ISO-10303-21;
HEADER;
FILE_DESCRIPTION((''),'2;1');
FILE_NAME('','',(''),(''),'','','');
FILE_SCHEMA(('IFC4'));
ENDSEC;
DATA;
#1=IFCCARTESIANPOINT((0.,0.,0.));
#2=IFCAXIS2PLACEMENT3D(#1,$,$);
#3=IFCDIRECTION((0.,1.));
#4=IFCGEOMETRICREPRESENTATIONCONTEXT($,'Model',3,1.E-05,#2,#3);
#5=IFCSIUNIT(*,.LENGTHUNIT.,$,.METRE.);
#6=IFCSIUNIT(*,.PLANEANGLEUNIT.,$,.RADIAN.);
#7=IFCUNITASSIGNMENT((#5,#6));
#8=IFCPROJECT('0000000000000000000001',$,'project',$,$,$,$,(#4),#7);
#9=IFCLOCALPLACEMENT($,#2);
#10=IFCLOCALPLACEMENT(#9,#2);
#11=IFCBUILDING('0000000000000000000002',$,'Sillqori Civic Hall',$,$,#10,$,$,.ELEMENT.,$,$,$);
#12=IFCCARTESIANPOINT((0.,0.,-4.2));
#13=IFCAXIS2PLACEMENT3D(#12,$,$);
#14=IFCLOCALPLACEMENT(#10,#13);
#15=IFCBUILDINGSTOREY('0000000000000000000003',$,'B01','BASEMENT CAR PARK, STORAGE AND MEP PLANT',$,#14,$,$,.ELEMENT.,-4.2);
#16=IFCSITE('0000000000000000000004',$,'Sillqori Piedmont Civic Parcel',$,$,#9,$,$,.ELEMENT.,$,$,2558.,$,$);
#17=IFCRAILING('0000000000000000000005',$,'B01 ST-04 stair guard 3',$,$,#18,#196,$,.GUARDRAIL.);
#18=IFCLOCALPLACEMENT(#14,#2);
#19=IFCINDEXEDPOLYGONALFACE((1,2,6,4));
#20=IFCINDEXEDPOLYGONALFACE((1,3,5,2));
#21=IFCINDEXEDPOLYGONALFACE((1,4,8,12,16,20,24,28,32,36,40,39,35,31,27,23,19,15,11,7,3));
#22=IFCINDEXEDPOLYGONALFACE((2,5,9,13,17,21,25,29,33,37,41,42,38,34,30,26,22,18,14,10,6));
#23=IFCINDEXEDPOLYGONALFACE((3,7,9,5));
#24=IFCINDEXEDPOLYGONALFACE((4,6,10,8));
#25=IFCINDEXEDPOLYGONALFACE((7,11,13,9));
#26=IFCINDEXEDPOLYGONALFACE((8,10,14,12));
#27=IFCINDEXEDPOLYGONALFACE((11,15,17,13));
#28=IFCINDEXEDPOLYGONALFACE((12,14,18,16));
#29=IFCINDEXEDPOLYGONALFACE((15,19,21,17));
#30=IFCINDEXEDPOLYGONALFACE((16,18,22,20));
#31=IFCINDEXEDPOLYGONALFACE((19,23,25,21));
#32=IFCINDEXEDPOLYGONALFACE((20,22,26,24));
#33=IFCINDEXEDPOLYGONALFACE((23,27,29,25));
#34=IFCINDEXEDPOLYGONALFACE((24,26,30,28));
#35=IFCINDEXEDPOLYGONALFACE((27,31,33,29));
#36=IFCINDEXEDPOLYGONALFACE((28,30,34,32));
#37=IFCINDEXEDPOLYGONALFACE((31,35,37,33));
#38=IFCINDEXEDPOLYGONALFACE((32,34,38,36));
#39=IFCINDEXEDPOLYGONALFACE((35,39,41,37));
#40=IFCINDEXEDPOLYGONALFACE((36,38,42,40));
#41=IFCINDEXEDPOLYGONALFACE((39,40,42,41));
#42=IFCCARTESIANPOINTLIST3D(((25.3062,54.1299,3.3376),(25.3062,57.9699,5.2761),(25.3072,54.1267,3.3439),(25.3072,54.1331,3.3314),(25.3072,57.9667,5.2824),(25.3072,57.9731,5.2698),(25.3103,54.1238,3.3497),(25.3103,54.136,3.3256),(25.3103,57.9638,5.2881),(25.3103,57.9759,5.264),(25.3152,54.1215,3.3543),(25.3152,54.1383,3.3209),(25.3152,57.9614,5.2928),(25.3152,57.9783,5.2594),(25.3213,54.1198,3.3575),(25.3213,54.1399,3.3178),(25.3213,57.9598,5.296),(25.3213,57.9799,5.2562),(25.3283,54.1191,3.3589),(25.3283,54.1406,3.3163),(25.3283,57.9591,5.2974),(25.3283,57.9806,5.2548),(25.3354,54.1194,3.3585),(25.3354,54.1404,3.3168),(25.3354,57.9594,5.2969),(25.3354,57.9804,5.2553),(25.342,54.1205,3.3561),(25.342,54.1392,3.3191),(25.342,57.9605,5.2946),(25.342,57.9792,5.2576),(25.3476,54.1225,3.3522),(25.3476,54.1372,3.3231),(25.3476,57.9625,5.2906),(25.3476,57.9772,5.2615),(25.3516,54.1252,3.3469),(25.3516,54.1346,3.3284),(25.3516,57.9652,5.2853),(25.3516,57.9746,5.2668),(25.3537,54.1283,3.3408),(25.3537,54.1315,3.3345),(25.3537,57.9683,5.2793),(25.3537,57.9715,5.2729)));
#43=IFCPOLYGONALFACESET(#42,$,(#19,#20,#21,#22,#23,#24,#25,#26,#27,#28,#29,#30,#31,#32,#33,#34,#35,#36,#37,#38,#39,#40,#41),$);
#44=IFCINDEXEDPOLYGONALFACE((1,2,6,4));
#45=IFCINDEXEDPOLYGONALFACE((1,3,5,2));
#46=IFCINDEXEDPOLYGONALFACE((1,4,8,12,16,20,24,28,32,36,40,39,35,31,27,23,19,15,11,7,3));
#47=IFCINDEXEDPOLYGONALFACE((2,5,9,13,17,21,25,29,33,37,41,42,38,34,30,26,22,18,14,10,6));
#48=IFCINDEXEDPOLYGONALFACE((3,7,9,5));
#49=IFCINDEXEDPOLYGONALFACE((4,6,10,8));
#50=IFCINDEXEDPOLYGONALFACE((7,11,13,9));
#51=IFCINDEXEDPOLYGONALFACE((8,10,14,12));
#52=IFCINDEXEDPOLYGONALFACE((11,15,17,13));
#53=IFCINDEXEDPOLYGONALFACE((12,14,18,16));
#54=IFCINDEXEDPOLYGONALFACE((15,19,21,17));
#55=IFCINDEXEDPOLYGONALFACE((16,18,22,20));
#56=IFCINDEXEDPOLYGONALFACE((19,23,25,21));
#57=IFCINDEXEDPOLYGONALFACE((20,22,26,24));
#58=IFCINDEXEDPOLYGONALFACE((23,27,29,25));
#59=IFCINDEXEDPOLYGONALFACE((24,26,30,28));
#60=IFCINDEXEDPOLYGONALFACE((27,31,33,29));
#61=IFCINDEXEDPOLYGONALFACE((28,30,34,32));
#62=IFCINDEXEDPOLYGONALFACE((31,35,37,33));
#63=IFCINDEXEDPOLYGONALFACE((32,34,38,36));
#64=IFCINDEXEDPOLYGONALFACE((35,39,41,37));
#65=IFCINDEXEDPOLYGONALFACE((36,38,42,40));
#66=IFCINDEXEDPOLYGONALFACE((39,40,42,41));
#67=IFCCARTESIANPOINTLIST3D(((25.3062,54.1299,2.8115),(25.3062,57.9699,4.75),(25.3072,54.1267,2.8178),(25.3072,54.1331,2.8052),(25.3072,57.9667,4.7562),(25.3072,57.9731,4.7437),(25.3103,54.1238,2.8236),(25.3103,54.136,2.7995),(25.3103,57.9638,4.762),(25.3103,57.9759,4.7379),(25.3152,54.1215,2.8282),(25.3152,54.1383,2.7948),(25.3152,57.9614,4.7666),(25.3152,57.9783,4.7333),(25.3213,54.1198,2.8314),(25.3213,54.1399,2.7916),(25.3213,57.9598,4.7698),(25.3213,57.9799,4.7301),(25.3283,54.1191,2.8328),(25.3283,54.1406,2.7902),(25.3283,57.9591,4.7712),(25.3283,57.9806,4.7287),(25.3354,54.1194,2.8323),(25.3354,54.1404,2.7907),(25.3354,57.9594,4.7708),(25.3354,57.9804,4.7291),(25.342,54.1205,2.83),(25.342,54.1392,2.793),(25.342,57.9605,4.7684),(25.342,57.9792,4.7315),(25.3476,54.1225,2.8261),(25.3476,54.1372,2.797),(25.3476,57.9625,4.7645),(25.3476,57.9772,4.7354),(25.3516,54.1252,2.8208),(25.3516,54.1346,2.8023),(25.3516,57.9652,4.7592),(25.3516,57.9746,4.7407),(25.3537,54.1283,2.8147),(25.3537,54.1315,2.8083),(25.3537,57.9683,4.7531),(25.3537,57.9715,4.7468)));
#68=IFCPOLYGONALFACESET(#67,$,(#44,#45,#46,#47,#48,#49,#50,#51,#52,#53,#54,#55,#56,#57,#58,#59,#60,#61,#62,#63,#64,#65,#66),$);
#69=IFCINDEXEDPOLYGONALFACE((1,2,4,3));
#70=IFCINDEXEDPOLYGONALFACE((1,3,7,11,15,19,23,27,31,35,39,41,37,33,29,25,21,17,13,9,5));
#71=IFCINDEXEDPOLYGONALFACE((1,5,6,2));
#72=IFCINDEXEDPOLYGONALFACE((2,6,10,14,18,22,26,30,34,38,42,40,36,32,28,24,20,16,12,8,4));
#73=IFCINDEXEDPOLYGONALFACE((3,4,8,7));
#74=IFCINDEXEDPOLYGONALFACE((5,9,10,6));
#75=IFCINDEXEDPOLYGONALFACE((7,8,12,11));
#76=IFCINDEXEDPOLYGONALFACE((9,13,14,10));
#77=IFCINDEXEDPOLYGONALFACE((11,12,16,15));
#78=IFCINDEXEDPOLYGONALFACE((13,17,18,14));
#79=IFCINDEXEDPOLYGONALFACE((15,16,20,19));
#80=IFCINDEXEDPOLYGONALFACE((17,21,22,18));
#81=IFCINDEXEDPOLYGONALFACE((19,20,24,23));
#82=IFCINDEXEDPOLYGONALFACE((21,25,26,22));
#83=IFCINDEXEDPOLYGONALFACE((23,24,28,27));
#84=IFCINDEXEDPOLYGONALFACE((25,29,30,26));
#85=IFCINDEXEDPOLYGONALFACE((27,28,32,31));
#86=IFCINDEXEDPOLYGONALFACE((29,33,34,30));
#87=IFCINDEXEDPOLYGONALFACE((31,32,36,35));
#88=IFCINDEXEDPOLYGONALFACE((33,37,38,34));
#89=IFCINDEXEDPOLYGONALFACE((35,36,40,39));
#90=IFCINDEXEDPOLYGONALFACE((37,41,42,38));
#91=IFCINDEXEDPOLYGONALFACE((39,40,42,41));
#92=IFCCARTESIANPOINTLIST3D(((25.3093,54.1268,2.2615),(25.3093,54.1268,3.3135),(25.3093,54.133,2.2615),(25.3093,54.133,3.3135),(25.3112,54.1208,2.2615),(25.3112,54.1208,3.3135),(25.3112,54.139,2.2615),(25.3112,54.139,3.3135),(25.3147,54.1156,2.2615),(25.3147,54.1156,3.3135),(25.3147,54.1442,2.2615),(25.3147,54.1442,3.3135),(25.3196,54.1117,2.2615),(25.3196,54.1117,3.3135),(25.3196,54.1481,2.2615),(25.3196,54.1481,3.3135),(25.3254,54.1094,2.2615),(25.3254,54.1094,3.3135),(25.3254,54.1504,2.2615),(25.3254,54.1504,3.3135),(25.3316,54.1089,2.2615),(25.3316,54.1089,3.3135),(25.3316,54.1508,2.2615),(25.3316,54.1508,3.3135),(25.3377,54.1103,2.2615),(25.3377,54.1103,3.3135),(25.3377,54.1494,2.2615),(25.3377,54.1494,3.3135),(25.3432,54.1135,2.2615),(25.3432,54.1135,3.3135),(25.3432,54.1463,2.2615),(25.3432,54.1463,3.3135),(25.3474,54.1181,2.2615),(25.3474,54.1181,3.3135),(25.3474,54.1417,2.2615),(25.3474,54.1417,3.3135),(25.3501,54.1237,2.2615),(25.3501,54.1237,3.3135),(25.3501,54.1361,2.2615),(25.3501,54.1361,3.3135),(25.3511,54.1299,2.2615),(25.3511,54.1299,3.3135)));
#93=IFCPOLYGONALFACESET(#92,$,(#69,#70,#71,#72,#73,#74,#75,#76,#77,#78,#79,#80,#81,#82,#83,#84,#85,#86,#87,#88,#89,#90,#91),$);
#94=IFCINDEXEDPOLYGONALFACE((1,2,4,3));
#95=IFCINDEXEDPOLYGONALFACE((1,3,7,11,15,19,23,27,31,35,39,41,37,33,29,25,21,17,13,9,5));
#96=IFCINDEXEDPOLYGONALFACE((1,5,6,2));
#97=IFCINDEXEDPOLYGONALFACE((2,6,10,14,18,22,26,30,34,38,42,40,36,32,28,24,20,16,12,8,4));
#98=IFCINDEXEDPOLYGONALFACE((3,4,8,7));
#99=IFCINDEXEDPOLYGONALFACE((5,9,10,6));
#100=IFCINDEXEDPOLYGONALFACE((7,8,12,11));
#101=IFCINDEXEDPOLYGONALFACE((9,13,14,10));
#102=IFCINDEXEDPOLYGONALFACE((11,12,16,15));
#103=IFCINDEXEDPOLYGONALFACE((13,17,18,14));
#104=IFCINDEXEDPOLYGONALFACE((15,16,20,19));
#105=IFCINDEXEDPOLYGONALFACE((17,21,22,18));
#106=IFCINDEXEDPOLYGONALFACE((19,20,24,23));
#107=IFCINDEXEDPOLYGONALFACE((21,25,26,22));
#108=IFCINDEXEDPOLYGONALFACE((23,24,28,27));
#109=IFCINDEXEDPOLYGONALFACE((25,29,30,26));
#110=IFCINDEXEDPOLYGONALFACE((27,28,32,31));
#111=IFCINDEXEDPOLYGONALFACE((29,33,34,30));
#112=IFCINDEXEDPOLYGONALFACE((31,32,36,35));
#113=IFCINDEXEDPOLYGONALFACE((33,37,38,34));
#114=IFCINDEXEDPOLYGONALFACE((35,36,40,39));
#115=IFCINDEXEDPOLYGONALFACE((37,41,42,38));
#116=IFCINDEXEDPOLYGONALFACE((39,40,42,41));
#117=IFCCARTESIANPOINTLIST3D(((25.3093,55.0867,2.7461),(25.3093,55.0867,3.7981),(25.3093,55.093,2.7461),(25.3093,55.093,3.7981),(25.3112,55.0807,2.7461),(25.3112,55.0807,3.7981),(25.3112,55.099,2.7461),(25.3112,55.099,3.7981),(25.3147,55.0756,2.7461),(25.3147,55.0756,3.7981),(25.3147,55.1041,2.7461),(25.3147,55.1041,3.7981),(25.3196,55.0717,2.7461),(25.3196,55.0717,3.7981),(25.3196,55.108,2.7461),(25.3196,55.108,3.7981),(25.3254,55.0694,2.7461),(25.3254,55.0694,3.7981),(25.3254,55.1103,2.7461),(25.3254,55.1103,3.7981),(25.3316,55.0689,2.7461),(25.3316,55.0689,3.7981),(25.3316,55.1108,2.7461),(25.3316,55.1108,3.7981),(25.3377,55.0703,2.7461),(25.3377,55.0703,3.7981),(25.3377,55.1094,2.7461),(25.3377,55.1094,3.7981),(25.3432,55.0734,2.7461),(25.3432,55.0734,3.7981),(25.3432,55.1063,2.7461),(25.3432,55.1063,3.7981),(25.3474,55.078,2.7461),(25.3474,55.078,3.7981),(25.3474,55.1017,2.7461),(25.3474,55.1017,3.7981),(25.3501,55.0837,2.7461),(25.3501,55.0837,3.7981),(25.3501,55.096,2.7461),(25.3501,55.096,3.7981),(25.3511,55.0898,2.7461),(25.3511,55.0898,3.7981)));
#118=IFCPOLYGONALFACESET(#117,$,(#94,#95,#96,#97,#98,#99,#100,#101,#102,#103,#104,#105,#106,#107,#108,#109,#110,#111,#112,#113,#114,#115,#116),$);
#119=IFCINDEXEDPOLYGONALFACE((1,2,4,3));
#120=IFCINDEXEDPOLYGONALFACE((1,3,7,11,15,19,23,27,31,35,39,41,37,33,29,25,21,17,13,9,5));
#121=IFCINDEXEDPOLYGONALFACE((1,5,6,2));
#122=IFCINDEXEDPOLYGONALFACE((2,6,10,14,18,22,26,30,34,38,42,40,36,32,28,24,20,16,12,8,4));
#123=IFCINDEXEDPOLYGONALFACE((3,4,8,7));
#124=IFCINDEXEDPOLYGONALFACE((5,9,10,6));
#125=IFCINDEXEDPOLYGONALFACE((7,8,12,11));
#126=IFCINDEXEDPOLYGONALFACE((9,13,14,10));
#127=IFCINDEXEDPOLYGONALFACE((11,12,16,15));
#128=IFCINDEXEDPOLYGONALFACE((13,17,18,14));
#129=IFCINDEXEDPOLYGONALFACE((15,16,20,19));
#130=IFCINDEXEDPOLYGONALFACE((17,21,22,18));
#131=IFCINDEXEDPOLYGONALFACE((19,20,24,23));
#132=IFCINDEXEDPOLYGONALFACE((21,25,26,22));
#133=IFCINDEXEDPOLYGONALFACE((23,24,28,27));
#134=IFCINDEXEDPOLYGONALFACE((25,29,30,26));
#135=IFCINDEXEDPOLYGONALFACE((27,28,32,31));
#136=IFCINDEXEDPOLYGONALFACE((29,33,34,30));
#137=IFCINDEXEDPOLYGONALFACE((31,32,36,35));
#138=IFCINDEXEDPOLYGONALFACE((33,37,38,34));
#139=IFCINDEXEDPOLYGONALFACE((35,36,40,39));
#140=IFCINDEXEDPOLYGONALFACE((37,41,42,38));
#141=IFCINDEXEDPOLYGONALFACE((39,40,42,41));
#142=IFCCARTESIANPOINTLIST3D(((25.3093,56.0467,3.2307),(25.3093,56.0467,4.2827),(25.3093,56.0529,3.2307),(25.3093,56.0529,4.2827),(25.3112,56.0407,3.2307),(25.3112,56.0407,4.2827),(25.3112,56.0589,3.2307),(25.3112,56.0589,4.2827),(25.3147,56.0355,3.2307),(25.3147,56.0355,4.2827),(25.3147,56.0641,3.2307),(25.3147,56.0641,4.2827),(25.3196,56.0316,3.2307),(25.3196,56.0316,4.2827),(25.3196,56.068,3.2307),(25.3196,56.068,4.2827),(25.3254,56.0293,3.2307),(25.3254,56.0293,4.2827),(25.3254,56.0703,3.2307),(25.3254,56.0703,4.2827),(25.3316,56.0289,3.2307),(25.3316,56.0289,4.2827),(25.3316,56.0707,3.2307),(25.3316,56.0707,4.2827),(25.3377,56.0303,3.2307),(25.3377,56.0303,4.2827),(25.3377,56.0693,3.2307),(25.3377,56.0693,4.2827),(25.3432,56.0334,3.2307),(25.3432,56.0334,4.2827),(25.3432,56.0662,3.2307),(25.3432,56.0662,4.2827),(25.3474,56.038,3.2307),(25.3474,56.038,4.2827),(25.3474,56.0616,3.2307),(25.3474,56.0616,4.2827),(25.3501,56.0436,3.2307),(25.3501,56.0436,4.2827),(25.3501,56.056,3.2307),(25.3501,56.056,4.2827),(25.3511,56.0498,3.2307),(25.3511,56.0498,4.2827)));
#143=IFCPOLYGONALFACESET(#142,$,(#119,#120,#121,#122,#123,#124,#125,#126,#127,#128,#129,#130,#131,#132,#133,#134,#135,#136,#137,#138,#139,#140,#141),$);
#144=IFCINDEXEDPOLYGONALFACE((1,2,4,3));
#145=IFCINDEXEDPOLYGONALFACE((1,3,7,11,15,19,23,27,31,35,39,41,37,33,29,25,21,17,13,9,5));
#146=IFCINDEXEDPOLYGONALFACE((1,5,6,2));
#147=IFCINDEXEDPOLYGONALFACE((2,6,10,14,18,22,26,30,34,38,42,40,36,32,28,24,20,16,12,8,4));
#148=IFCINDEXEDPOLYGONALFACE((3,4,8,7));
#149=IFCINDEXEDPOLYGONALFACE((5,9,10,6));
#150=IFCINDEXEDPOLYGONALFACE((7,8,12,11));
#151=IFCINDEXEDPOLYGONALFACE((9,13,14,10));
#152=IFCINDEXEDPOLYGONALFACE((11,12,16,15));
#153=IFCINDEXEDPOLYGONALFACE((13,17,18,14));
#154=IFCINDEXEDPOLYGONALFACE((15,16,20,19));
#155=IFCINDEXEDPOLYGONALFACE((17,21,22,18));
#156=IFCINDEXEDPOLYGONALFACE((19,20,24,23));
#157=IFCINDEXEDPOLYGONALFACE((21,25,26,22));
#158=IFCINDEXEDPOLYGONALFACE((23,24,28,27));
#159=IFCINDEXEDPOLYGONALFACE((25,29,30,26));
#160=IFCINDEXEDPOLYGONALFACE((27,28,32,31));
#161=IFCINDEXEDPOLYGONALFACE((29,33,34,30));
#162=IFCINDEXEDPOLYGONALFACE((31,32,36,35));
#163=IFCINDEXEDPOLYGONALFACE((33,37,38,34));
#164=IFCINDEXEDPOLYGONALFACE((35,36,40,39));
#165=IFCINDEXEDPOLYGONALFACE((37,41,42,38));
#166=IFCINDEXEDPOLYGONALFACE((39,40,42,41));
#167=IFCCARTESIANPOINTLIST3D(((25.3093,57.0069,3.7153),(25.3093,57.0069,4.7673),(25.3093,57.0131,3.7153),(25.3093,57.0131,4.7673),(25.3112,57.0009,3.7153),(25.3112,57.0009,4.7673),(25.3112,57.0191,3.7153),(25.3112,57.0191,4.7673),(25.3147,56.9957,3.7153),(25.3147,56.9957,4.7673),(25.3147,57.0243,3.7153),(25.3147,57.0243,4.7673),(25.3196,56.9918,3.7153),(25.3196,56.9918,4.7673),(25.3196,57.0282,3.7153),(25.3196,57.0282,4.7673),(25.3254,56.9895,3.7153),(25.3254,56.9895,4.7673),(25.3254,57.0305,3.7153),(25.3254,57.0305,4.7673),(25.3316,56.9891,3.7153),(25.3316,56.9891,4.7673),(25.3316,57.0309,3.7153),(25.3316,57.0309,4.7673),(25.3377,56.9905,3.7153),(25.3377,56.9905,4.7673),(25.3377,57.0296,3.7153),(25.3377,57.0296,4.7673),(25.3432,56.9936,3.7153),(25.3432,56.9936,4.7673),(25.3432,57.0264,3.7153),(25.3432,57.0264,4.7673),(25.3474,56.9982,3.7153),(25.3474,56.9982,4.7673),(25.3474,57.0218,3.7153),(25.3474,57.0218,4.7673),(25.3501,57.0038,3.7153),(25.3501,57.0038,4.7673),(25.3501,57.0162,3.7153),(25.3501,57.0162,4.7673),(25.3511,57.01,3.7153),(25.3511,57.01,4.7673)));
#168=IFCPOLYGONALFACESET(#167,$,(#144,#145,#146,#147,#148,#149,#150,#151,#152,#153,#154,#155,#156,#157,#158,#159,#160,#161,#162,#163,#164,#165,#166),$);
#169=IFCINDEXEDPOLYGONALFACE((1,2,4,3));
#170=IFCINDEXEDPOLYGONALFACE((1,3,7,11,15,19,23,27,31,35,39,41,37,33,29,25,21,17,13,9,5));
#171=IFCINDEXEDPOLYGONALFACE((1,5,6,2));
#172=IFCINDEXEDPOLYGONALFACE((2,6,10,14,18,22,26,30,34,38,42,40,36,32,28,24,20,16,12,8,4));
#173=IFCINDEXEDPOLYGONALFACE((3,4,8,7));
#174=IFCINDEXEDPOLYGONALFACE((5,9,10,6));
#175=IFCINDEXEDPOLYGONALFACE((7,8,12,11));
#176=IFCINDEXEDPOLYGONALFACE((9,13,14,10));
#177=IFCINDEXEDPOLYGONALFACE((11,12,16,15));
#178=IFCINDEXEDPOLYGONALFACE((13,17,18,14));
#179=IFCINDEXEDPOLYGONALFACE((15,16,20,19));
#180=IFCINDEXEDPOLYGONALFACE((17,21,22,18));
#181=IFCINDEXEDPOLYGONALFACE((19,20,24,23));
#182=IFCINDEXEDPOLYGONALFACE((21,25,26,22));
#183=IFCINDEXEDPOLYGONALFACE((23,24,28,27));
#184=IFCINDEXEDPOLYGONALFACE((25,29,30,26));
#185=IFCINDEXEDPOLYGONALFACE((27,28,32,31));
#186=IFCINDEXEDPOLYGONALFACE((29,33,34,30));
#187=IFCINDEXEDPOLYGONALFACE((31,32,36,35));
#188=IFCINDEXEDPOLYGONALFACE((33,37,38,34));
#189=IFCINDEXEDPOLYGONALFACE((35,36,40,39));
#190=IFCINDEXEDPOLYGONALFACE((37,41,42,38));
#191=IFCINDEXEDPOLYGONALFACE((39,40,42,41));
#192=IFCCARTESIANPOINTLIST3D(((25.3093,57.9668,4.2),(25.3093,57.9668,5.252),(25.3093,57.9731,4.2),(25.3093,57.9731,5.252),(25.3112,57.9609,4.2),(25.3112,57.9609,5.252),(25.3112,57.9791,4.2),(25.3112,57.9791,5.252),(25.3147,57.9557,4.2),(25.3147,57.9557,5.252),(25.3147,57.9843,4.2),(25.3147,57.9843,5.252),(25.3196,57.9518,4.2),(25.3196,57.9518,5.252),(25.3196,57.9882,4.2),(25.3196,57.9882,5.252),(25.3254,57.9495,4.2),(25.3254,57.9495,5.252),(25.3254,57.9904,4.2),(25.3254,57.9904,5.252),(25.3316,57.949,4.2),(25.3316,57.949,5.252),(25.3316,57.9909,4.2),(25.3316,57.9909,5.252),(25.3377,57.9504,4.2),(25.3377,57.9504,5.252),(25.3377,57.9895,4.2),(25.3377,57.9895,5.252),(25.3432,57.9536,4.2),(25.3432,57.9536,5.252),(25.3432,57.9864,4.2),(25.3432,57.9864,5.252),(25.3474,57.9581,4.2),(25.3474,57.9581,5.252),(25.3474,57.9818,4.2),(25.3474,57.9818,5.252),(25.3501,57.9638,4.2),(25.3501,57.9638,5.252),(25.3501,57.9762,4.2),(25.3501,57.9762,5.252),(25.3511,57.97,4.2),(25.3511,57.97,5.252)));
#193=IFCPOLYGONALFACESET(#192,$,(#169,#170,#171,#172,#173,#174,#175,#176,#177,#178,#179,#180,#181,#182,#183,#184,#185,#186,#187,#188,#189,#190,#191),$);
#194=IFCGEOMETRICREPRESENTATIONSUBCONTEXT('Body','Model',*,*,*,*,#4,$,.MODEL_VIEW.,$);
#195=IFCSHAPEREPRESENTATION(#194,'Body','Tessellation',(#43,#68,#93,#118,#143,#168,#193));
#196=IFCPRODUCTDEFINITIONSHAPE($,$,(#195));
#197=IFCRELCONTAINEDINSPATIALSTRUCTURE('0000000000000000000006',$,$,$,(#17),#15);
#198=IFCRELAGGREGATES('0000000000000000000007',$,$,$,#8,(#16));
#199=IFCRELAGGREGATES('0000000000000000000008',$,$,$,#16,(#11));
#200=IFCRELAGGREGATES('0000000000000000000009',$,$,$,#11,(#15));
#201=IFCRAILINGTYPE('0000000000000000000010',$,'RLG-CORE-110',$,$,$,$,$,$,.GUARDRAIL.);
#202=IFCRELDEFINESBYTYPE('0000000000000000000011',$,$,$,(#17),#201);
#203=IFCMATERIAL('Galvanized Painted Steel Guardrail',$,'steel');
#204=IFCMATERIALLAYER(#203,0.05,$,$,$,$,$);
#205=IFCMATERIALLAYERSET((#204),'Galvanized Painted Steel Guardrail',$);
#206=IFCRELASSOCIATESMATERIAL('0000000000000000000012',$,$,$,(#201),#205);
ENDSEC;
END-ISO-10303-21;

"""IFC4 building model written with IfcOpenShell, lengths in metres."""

from ifc_helpers import new_model, si_unit, direction, frame, origin, origin_2d, place, context, subcontext, project, spatial, circle, extrude, material, layer, layer_set, type_object, element, save


model = new_model("IFC4")

# Units and contexts
model_context = context("Model", 3, precision=1e-05, world=origin(), true_north=direction((0.0, 1.0)))
body_context = subcontext(model_context, "Body", "Model", "MODEL_VIEW")
ifc_project = project(units=[si_unit("LENGTHUNIT", "METRE"), si_unit("PLANEANGLEUNIT", "RADIAN")], contexts=[model_context])

# Site, building, storey
site_placement = place(None, origin())
site = spatial("IfcSite", under=ifc_project, at=site_placement, Name="Sillqori Piedmont Civic Parcel", CompositionType="ELEMENT", RefElevation=2558.0)
building_placement = place(site_placement, origin())
building = spatial("IfcBuilding", under=site, at=building_placement, Name="Sillqori Civic Hall", CompositionType="ELEMENT")
storey_placement = place(building_placement, frame((0.0, 0.0, -4.2)))
storey = spatial("IfcBuildingStorey", under=building, at=storey_placement, Name="B01", Description="BASEMENT CAR PARK, STORAGE AND MEP PLANT", CompositionType="ELEMENT", Elevation=-4.2)

# Railing
ifc_material_1 = material(Name="Galvanized Painted Steel Guardrail", Category="steel")
ifc_layer_1 = layer(ifc_material_1, 0.05)
ifc_layer_set_1 = layer_set([ifc_layer_1], Name="Galvanized Painted Steel Guardrail")
railing_type_1 = type_object("IfcRailingType", Name="RLG-CORE-110", PredefinedType="GUARDRAIL", material=ifc_layer_set_1)
railing_1_placement = place(storey_placement, frame((25.3301, 54.1299, 2.2615)))
element("IfcRailing", 1, at=railing_1_placement, inside=storey, type_object=railing_type_1, Name="B01 ST-04 stair guard 3", PredefinedType="GUARDRAIL", context=body_context, shape_type="SweptSolid", body=[
    extrude(circle(Radius=0.0239, at=origin_2d()), frame((0.0, 0.0, 1.0762), z_axis=(0.0, 0.892707, 0.450638), x_axis=(-1.0, 0.0, 0.0)), (0.0, 0.0, 1.0), 4.3015),
    extrude(circle(Radius=0.0239, at=origin_2d()), frame((0.0, 0.0, 0.55), z_axis=(0.0, 0.892707, 0.450638), x_axis=(-1.0, 0.0, 0.0)), (0.0, 0.0, 1.0), 4.3015),
    extrude(circle(Radius=0.021, at=origin_2d()), origin(), (0.0, 0.0, 1.0), 1.052),
    extrude(circle(Radius=0.021, at=origin_2d()), frame((0.0, 0.96, 0.4846)), (0.0, 0.0, 1.0), 1.052),
    extrude(circle(Radius=0.021, at=origin_2d()), frame((0.0, 1.9199, 0.9692)), (0.0, 0.0, 1.0), 1.052),
    extrude(circle(Radius=0.021, at=origin_2d()), frame((0.0, 2.8801, 1.4539)), (0.0, 0.0, 1.0), 1.052),
    extrude(circle(Radius=0.021, at=origin_2d()), frame((0.0, 3.8401, 1.9385)), (0.0, 0.0, 1.0), 1.052),
])

save(model, "model.ifc")
